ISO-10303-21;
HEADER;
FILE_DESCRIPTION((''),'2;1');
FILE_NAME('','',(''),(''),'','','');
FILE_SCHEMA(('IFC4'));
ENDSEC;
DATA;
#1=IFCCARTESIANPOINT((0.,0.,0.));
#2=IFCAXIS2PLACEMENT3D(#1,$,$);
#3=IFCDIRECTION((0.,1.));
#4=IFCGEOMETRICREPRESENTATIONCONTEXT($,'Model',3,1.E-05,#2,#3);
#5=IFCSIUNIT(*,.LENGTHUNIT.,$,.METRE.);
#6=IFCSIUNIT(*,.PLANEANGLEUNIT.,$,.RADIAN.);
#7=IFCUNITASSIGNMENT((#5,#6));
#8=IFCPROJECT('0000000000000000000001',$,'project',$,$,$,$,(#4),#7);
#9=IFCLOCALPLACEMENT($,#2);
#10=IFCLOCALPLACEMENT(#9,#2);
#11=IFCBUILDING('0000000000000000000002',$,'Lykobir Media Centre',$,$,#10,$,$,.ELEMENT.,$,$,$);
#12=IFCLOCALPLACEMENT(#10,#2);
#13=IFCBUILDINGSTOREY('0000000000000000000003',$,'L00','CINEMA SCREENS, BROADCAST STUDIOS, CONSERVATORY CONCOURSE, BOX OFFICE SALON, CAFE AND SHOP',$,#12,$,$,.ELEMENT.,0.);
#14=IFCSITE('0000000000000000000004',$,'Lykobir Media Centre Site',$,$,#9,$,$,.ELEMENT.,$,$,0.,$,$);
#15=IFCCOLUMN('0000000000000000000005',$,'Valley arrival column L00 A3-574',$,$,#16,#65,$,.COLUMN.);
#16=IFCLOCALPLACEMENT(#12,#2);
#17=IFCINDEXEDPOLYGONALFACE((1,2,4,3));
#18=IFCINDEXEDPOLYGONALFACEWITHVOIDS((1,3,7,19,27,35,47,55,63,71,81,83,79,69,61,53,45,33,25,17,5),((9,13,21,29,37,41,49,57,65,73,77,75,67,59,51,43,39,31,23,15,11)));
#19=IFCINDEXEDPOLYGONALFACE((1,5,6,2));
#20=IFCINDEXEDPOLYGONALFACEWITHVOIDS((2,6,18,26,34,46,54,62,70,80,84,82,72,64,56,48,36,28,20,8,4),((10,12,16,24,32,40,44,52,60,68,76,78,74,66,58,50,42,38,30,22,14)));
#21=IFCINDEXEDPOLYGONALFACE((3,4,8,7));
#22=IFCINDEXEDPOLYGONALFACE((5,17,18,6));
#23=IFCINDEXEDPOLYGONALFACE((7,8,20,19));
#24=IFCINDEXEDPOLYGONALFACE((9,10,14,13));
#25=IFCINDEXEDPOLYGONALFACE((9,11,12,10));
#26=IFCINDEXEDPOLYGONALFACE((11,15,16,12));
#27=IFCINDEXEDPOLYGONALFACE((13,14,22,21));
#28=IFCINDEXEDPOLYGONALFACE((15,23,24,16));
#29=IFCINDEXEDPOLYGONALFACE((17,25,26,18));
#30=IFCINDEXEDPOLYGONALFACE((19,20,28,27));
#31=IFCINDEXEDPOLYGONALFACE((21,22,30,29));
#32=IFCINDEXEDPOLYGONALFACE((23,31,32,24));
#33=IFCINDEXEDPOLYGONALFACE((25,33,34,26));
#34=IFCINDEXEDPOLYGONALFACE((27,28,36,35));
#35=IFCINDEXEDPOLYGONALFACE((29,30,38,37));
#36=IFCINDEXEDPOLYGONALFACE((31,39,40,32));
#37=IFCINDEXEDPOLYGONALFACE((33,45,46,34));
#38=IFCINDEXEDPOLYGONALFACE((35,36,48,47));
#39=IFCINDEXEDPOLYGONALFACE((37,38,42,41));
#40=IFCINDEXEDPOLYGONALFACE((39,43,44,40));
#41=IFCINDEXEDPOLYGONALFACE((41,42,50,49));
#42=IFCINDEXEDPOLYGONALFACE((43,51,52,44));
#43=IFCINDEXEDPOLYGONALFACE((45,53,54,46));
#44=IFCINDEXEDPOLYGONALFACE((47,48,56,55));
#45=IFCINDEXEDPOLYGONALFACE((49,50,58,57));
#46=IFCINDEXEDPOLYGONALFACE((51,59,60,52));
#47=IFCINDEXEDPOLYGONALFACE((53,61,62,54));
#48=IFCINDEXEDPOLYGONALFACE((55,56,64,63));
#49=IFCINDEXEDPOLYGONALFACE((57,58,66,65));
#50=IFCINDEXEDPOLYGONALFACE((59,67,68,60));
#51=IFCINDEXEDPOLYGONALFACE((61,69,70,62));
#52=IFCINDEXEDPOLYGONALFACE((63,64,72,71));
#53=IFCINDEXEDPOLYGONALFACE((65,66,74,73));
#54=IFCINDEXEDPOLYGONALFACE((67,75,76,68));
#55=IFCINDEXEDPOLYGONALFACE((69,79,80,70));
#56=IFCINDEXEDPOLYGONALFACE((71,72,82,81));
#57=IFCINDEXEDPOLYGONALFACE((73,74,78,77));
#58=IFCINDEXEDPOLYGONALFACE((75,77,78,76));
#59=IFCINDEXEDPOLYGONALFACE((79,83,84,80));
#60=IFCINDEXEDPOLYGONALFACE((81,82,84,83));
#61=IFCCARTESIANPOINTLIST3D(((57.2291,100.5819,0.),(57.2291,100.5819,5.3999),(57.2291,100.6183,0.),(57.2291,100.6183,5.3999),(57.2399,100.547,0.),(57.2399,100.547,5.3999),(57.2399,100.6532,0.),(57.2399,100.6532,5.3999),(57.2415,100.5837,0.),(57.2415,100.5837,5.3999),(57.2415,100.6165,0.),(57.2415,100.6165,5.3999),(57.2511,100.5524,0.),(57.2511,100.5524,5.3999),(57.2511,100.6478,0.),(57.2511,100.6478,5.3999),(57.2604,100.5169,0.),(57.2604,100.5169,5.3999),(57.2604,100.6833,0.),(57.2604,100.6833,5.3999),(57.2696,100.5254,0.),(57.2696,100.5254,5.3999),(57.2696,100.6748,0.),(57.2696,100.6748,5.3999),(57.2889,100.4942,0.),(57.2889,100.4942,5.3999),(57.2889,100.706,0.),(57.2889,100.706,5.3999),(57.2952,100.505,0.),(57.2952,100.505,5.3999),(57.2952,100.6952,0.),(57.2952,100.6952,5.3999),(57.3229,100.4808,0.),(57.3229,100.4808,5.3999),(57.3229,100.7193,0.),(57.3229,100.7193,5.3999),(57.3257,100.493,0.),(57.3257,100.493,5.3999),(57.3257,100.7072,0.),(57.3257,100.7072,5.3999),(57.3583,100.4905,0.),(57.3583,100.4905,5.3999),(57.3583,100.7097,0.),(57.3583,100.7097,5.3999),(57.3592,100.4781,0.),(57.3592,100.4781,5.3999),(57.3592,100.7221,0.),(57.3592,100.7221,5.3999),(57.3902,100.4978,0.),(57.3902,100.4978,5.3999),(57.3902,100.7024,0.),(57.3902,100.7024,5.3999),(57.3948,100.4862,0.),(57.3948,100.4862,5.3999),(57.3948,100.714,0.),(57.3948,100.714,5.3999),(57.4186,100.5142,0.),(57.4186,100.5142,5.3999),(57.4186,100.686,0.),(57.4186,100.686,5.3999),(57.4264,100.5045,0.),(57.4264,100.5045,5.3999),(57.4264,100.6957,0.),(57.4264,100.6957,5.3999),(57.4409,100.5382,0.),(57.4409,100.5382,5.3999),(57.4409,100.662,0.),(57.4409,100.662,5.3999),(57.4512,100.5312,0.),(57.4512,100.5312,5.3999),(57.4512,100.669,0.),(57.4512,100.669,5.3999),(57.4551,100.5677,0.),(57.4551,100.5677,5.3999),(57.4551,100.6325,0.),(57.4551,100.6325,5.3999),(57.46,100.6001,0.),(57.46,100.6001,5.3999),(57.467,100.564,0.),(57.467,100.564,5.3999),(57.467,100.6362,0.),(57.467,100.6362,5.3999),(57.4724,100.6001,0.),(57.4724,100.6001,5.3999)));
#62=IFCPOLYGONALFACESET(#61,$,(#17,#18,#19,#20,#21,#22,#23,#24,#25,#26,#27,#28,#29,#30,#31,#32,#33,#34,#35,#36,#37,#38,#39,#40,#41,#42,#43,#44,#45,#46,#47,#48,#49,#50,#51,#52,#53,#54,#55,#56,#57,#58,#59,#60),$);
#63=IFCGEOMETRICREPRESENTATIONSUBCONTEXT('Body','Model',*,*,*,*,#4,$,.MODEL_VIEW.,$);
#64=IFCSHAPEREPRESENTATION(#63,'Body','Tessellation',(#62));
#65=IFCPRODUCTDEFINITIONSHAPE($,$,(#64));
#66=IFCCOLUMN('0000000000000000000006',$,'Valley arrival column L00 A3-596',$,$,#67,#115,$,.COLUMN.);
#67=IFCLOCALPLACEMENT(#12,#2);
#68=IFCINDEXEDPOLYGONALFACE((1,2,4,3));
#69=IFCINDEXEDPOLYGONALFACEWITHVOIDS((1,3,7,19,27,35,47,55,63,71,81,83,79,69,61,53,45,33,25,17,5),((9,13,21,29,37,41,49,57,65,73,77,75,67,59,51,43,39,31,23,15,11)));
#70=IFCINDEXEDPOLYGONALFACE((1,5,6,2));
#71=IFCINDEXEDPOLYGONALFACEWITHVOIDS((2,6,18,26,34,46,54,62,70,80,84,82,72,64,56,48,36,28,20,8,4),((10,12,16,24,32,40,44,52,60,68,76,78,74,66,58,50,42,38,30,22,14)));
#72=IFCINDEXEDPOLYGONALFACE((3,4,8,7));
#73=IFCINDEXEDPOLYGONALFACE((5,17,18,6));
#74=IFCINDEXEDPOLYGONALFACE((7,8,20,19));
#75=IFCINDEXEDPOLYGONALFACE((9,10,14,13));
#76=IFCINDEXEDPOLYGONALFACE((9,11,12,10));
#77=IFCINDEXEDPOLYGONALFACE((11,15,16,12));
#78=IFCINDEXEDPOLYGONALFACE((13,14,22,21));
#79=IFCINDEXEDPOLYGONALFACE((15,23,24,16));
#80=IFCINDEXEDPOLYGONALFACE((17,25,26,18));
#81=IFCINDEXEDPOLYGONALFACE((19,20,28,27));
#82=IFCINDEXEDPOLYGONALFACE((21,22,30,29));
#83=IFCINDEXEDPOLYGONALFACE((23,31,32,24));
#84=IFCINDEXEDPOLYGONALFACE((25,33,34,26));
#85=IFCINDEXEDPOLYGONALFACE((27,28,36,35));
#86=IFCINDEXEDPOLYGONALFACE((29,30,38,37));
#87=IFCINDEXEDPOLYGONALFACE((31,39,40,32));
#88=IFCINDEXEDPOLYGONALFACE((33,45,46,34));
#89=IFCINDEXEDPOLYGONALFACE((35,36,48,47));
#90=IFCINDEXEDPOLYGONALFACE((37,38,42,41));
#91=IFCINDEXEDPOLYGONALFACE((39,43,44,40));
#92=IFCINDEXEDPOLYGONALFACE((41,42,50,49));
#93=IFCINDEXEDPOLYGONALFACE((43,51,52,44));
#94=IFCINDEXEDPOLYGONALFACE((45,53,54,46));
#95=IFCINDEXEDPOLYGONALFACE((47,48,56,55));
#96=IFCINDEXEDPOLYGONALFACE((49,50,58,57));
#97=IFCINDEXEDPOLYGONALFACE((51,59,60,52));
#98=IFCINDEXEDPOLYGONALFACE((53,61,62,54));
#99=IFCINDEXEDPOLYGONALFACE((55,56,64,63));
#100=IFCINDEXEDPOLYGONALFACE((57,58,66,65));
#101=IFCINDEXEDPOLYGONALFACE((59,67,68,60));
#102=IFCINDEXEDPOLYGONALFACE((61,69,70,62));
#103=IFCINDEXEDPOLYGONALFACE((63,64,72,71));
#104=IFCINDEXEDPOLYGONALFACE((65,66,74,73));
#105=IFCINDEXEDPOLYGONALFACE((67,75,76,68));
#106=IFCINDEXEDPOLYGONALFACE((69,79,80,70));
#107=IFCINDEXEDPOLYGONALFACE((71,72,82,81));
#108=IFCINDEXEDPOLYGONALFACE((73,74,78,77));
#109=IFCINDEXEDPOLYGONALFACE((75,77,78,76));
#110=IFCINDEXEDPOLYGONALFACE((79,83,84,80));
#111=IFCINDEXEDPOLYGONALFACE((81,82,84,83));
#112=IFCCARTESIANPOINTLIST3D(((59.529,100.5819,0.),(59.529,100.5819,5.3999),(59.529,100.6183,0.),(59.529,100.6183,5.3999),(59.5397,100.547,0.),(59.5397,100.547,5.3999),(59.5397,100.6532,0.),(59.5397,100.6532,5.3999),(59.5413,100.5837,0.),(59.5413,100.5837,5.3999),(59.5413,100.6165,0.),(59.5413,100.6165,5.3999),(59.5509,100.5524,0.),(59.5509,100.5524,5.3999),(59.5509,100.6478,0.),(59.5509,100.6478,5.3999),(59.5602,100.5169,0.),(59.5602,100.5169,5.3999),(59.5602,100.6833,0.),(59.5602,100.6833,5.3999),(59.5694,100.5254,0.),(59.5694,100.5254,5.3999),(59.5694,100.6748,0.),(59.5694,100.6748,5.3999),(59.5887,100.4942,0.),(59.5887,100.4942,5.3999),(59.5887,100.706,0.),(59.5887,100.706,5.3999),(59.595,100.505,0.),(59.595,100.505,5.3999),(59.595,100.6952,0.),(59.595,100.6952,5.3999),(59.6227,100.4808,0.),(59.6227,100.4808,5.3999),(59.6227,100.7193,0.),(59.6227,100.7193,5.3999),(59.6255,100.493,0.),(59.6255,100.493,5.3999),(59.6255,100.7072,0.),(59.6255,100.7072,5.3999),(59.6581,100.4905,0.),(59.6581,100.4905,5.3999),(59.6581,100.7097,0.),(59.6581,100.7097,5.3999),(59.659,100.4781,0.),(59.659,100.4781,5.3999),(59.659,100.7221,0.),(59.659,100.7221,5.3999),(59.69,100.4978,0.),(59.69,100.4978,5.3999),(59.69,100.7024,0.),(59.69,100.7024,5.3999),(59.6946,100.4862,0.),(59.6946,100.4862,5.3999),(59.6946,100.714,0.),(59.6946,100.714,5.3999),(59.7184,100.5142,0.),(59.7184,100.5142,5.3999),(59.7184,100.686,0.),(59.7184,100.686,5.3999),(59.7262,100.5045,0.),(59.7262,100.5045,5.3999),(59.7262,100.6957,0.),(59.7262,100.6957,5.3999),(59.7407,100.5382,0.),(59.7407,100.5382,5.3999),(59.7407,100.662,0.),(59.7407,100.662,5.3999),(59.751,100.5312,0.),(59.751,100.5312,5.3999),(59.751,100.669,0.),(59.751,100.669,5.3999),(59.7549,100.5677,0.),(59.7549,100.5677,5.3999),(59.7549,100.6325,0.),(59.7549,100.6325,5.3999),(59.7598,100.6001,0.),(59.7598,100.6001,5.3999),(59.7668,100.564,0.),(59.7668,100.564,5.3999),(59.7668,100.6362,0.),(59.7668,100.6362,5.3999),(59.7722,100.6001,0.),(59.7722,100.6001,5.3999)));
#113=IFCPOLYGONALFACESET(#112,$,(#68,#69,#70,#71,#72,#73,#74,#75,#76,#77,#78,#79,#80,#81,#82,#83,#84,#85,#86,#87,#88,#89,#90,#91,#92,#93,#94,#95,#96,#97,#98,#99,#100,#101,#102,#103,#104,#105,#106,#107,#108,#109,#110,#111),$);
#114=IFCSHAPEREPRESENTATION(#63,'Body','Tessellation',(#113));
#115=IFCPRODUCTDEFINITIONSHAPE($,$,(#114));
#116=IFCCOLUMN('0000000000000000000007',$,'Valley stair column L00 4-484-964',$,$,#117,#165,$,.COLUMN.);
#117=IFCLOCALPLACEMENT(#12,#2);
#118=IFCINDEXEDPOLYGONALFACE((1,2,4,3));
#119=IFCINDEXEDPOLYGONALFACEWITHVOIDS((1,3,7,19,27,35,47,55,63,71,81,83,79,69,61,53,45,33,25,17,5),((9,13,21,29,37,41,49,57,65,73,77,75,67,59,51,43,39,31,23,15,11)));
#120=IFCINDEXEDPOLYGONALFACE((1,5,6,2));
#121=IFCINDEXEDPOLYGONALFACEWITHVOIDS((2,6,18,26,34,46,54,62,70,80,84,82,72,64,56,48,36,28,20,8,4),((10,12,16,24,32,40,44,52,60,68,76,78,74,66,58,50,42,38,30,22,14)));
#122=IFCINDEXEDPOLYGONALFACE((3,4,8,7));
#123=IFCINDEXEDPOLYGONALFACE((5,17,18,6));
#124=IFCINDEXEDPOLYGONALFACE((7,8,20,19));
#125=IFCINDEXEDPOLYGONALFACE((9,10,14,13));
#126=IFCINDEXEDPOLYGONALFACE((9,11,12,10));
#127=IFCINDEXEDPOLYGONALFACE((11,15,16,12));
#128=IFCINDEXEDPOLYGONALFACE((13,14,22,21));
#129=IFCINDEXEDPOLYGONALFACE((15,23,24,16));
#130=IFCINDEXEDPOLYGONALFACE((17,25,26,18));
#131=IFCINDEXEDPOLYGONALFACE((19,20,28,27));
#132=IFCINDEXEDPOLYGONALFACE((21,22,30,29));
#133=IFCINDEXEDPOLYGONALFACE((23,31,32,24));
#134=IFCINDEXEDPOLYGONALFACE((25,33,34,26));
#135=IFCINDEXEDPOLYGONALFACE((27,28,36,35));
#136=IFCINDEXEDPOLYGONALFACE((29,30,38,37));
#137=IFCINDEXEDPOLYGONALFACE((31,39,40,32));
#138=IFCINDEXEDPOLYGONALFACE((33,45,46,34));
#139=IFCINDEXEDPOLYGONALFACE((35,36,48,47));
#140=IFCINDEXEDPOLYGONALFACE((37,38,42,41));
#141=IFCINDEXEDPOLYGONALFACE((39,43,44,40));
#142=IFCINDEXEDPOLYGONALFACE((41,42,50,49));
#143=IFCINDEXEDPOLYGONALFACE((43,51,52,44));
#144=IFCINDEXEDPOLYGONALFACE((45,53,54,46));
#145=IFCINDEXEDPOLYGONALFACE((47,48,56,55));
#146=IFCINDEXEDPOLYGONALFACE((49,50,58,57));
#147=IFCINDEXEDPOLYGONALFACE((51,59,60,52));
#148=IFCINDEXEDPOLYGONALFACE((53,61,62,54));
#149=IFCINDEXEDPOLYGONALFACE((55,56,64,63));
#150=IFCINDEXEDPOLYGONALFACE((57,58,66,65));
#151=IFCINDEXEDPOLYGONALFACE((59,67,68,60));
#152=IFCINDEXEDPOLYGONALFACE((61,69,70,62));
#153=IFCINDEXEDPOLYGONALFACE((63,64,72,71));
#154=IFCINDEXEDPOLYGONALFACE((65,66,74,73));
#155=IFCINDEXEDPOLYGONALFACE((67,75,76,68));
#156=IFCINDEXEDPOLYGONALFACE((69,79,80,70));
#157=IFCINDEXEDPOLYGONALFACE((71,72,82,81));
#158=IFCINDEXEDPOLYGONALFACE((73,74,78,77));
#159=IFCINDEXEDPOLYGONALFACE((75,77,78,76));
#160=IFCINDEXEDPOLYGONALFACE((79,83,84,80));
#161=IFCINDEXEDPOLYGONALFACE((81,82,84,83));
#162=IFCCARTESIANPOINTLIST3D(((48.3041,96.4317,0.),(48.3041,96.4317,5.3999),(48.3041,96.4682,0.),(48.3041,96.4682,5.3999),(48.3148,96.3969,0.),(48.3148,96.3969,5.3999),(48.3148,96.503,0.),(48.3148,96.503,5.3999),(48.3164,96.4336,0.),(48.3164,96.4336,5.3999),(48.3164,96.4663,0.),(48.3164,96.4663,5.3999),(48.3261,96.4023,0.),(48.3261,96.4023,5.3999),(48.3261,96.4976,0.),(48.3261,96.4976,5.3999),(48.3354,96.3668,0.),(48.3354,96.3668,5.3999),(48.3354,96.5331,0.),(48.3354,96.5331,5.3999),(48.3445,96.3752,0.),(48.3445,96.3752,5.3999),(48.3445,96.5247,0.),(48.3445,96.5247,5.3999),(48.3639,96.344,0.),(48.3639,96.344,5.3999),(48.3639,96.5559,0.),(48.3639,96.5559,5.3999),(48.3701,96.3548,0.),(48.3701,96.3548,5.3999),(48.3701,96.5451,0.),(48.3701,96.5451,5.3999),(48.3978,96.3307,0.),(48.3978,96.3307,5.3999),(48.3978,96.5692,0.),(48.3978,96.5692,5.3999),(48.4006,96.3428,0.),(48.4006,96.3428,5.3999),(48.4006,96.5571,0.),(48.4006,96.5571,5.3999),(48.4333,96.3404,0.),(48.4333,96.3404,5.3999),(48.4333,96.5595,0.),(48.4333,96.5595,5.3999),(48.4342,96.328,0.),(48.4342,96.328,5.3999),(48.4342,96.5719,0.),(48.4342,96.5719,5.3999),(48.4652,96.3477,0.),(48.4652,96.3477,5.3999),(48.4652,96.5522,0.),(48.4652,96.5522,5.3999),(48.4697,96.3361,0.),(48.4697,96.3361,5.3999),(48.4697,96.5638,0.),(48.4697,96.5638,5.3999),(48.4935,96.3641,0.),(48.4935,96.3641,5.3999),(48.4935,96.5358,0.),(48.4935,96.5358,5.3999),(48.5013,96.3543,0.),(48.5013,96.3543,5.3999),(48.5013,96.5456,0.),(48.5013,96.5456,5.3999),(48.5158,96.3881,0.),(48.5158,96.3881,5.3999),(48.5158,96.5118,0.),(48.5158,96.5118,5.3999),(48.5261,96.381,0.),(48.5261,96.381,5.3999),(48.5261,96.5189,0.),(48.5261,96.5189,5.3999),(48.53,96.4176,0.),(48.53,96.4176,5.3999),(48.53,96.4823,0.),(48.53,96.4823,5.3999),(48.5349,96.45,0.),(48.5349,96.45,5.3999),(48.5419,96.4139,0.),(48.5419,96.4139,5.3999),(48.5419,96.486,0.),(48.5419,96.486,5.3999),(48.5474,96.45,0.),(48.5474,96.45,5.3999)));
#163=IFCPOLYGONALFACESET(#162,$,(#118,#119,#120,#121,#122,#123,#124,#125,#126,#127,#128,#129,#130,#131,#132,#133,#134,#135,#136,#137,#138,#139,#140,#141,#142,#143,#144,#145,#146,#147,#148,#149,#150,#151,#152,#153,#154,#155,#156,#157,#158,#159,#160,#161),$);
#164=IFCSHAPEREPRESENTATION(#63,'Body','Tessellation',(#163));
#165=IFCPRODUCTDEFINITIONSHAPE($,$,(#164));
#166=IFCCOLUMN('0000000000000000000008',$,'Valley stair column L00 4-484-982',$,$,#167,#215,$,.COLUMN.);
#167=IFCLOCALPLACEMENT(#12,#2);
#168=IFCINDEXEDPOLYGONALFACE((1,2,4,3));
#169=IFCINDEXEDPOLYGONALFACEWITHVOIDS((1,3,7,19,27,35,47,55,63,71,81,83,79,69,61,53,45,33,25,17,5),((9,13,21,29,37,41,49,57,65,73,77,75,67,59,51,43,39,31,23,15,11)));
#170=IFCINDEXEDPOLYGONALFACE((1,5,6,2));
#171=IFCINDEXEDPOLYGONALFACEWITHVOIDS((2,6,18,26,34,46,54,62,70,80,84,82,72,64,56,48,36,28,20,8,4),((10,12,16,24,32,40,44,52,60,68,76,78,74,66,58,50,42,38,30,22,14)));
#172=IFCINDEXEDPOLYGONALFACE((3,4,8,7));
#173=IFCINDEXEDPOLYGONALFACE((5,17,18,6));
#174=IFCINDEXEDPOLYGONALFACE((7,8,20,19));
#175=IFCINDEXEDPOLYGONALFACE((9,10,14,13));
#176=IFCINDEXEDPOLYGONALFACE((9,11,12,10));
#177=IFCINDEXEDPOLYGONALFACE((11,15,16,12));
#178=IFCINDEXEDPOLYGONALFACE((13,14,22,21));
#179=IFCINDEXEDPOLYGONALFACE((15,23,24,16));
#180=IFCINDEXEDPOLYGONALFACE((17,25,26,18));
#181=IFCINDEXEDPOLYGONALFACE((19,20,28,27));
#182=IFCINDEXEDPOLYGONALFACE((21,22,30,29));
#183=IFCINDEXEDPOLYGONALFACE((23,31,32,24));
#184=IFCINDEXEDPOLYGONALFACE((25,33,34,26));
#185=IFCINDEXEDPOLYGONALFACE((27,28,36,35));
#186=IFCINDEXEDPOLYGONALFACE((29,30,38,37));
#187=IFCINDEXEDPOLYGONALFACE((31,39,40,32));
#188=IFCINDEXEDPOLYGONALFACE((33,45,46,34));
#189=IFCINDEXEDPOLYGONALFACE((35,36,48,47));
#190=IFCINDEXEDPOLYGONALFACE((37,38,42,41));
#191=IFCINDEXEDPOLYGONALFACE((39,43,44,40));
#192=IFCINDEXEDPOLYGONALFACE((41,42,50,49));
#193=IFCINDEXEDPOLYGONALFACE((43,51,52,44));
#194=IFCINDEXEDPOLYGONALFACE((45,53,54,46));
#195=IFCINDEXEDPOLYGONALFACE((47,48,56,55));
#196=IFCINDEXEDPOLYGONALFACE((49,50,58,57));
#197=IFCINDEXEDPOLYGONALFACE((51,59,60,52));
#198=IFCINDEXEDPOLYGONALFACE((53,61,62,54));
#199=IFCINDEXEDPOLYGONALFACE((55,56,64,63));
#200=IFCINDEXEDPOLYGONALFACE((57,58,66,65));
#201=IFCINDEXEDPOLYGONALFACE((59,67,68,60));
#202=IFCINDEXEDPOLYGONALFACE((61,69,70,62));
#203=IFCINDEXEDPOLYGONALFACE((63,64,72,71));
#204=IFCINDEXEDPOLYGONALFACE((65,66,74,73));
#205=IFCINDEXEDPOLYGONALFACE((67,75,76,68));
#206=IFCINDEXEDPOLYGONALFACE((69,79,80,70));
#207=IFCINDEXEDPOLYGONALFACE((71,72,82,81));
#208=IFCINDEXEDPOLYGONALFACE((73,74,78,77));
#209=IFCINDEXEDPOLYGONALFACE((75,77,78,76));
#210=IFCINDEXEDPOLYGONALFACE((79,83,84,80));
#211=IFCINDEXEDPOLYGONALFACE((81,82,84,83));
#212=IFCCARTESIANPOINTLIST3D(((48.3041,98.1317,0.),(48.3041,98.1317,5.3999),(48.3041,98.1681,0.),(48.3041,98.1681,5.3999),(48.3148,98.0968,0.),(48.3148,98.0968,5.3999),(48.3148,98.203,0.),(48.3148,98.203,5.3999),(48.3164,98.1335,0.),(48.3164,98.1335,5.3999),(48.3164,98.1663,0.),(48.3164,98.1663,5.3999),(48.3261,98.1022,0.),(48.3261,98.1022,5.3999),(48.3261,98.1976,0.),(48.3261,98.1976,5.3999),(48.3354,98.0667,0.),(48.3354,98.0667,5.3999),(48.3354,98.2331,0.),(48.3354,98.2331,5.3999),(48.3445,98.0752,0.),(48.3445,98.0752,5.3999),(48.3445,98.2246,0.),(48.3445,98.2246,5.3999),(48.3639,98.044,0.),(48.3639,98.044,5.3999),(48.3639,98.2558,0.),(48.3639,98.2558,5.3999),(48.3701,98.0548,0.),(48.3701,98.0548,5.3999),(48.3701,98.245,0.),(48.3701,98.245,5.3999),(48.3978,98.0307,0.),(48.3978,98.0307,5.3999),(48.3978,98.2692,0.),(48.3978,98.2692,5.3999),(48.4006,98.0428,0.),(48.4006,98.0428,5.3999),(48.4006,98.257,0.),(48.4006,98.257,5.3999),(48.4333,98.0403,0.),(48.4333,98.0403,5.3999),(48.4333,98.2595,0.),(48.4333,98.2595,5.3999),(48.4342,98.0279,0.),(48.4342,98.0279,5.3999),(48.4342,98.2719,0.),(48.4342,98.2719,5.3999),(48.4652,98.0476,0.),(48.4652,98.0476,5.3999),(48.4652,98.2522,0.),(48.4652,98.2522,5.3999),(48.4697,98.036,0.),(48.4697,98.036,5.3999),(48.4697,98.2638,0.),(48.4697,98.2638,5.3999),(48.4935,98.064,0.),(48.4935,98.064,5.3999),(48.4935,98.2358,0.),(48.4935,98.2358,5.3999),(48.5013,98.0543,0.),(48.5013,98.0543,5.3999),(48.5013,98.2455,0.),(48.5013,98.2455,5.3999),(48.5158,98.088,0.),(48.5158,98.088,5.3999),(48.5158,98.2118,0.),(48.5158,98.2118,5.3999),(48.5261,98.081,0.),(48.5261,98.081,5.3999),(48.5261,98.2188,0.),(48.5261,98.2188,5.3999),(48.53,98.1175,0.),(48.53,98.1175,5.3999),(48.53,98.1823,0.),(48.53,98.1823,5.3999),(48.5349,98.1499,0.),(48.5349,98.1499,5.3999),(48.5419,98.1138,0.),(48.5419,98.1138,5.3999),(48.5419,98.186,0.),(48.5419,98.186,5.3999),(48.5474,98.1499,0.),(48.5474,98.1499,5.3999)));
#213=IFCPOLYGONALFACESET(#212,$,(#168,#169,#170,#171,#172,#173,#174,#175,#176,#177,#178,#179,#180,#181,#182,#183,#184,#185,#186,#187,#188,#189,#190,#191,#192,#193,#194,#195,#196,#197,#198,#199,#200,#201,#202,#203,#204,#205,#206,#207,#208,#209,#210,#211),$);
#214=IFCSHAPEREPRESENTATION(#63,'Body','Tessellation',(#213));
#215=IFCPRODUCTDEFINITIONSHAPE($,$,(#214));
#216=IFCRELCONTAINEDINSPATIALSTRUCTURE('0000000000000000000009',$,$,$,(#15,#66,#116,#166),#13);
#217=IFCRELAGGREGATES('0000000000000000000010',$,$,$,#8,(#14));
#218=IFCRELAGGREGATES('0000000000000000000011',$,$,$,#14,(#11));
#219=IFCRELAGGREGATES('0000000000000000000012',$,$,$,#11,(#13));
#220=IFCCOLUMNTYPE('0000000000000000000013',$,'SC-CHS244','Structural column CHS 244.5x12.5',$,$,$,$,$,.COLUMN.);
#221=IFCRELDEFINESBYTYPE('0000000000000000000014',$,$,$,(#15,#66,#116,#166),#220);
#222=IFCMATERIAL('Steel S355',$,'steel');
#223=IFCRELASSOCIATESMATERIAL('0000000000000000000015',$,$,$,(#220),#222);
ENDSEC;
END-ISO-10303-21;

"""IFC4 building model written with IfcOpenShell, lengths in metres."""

from ifc_helpers import new_model, si_unit, direction, frame, origin, origin_2d, place, context, subcontext, project, spatial, hollow_circle, extrude, material, material_profile, profile_set, type_object, element, save


model = new_model("IFC4")

# Units and contexts
model_context = context("Model", 3, precision=1e-05, world=origin(), true_north=direction((0.0, 1.0)))
body_context = subcontext(model_context, "Body", "Model", "MODEL_VIEW")
ifc_project = project(units=[si_unit("LENGTHUNIT", "METRE"), si_unit("PLANEANGLEUNIT", "RADIAN")], contexts=[model_context])

# Site, building, storey
site_placement = place(None, origin())
site = spatial("IfcSite", under=ifc_project, at=site_placement, Name="Lykobir Media Centre Site", CompositionType="ELEMENT", RefElevation=0.0)
building_placement = place(site_placement, origin())
building = spatial("IfcBuilding", under=site, at=building_placement, Name="Lykobir Media Centre", CompositionType="ELEMENT")
storey_placement = place(building_placement, origin())
storey = spatial("IfcBuildingStorey", under=building, at=storey_placement, Name="L00", Description="CINEMA SCREENS, BROADCAST STUDIOS, CONSERVATORY CONCOURSE, BOX OFFICE SALON, CAFE AND SHOP", CompositionType="ELEMENT", Elevation=0.0)

# Columns
ifc_material = material(Name="Steel S355", Category="steel")
ifc_material_profile_1 = material_profile(ifc_material, hollow_circle(Radius=0.1223, WallThickness=0.0125, at=origin_2d()), Name="CHS 244.5x12.5")
ifc_profile_set_1 = profile_set([ifc_material_profile_1], Name="Steel S355")
column_type_1 = type_object("IfcColumnType", Name="SC-CHS244", Description="Structural column CHS 244.5x12.5", PredefinedType="COLUMN", material=ifc_profile_set_1)
for number, where, z_axis, x_axis, name in (
    (1, (57.3501, 100.6001, 0.0), (0.0, 0.0, 1.0), (1.0, 0.0, 0.0), "Valley arrival column L00 A3-574"),
    (2, (59.6499, 100.6001, 0.0), (0.0, 0.0, 1.0), (1.0, 0.0, 0.0), "Valley arrival column L00 A3-596"),
    (3, (48.425, 96.45, 0.0), (0.0, 0.0, 1.0), (1.0, 0.0, 0.0), "Valley stair column L00 4-484-964"),
    (4, (48.425, 98.1499, 0.0), (0.0, 0.0, 1.0), (1.0, 0.0, 0.0), "Valley stair column L00 4-484-982"),
):
    element("IfcColumn", number, at=place(storey_placement, frame(where, z_axis=z_axis, x_axis=x_axis)), inside=storey, type_object=column_type_1, Name=name, PredefinedType="COLUMN", context=body_context, shape_type="SweptSolid", body=[
        extrude(hollow_circle(Radius=0.1223, WallThickness=0.0125, at=origin_2d()), origin(), (0.0, 0.0, 1.0), 5.3999),
    ])

save(model, "model.ifc")
